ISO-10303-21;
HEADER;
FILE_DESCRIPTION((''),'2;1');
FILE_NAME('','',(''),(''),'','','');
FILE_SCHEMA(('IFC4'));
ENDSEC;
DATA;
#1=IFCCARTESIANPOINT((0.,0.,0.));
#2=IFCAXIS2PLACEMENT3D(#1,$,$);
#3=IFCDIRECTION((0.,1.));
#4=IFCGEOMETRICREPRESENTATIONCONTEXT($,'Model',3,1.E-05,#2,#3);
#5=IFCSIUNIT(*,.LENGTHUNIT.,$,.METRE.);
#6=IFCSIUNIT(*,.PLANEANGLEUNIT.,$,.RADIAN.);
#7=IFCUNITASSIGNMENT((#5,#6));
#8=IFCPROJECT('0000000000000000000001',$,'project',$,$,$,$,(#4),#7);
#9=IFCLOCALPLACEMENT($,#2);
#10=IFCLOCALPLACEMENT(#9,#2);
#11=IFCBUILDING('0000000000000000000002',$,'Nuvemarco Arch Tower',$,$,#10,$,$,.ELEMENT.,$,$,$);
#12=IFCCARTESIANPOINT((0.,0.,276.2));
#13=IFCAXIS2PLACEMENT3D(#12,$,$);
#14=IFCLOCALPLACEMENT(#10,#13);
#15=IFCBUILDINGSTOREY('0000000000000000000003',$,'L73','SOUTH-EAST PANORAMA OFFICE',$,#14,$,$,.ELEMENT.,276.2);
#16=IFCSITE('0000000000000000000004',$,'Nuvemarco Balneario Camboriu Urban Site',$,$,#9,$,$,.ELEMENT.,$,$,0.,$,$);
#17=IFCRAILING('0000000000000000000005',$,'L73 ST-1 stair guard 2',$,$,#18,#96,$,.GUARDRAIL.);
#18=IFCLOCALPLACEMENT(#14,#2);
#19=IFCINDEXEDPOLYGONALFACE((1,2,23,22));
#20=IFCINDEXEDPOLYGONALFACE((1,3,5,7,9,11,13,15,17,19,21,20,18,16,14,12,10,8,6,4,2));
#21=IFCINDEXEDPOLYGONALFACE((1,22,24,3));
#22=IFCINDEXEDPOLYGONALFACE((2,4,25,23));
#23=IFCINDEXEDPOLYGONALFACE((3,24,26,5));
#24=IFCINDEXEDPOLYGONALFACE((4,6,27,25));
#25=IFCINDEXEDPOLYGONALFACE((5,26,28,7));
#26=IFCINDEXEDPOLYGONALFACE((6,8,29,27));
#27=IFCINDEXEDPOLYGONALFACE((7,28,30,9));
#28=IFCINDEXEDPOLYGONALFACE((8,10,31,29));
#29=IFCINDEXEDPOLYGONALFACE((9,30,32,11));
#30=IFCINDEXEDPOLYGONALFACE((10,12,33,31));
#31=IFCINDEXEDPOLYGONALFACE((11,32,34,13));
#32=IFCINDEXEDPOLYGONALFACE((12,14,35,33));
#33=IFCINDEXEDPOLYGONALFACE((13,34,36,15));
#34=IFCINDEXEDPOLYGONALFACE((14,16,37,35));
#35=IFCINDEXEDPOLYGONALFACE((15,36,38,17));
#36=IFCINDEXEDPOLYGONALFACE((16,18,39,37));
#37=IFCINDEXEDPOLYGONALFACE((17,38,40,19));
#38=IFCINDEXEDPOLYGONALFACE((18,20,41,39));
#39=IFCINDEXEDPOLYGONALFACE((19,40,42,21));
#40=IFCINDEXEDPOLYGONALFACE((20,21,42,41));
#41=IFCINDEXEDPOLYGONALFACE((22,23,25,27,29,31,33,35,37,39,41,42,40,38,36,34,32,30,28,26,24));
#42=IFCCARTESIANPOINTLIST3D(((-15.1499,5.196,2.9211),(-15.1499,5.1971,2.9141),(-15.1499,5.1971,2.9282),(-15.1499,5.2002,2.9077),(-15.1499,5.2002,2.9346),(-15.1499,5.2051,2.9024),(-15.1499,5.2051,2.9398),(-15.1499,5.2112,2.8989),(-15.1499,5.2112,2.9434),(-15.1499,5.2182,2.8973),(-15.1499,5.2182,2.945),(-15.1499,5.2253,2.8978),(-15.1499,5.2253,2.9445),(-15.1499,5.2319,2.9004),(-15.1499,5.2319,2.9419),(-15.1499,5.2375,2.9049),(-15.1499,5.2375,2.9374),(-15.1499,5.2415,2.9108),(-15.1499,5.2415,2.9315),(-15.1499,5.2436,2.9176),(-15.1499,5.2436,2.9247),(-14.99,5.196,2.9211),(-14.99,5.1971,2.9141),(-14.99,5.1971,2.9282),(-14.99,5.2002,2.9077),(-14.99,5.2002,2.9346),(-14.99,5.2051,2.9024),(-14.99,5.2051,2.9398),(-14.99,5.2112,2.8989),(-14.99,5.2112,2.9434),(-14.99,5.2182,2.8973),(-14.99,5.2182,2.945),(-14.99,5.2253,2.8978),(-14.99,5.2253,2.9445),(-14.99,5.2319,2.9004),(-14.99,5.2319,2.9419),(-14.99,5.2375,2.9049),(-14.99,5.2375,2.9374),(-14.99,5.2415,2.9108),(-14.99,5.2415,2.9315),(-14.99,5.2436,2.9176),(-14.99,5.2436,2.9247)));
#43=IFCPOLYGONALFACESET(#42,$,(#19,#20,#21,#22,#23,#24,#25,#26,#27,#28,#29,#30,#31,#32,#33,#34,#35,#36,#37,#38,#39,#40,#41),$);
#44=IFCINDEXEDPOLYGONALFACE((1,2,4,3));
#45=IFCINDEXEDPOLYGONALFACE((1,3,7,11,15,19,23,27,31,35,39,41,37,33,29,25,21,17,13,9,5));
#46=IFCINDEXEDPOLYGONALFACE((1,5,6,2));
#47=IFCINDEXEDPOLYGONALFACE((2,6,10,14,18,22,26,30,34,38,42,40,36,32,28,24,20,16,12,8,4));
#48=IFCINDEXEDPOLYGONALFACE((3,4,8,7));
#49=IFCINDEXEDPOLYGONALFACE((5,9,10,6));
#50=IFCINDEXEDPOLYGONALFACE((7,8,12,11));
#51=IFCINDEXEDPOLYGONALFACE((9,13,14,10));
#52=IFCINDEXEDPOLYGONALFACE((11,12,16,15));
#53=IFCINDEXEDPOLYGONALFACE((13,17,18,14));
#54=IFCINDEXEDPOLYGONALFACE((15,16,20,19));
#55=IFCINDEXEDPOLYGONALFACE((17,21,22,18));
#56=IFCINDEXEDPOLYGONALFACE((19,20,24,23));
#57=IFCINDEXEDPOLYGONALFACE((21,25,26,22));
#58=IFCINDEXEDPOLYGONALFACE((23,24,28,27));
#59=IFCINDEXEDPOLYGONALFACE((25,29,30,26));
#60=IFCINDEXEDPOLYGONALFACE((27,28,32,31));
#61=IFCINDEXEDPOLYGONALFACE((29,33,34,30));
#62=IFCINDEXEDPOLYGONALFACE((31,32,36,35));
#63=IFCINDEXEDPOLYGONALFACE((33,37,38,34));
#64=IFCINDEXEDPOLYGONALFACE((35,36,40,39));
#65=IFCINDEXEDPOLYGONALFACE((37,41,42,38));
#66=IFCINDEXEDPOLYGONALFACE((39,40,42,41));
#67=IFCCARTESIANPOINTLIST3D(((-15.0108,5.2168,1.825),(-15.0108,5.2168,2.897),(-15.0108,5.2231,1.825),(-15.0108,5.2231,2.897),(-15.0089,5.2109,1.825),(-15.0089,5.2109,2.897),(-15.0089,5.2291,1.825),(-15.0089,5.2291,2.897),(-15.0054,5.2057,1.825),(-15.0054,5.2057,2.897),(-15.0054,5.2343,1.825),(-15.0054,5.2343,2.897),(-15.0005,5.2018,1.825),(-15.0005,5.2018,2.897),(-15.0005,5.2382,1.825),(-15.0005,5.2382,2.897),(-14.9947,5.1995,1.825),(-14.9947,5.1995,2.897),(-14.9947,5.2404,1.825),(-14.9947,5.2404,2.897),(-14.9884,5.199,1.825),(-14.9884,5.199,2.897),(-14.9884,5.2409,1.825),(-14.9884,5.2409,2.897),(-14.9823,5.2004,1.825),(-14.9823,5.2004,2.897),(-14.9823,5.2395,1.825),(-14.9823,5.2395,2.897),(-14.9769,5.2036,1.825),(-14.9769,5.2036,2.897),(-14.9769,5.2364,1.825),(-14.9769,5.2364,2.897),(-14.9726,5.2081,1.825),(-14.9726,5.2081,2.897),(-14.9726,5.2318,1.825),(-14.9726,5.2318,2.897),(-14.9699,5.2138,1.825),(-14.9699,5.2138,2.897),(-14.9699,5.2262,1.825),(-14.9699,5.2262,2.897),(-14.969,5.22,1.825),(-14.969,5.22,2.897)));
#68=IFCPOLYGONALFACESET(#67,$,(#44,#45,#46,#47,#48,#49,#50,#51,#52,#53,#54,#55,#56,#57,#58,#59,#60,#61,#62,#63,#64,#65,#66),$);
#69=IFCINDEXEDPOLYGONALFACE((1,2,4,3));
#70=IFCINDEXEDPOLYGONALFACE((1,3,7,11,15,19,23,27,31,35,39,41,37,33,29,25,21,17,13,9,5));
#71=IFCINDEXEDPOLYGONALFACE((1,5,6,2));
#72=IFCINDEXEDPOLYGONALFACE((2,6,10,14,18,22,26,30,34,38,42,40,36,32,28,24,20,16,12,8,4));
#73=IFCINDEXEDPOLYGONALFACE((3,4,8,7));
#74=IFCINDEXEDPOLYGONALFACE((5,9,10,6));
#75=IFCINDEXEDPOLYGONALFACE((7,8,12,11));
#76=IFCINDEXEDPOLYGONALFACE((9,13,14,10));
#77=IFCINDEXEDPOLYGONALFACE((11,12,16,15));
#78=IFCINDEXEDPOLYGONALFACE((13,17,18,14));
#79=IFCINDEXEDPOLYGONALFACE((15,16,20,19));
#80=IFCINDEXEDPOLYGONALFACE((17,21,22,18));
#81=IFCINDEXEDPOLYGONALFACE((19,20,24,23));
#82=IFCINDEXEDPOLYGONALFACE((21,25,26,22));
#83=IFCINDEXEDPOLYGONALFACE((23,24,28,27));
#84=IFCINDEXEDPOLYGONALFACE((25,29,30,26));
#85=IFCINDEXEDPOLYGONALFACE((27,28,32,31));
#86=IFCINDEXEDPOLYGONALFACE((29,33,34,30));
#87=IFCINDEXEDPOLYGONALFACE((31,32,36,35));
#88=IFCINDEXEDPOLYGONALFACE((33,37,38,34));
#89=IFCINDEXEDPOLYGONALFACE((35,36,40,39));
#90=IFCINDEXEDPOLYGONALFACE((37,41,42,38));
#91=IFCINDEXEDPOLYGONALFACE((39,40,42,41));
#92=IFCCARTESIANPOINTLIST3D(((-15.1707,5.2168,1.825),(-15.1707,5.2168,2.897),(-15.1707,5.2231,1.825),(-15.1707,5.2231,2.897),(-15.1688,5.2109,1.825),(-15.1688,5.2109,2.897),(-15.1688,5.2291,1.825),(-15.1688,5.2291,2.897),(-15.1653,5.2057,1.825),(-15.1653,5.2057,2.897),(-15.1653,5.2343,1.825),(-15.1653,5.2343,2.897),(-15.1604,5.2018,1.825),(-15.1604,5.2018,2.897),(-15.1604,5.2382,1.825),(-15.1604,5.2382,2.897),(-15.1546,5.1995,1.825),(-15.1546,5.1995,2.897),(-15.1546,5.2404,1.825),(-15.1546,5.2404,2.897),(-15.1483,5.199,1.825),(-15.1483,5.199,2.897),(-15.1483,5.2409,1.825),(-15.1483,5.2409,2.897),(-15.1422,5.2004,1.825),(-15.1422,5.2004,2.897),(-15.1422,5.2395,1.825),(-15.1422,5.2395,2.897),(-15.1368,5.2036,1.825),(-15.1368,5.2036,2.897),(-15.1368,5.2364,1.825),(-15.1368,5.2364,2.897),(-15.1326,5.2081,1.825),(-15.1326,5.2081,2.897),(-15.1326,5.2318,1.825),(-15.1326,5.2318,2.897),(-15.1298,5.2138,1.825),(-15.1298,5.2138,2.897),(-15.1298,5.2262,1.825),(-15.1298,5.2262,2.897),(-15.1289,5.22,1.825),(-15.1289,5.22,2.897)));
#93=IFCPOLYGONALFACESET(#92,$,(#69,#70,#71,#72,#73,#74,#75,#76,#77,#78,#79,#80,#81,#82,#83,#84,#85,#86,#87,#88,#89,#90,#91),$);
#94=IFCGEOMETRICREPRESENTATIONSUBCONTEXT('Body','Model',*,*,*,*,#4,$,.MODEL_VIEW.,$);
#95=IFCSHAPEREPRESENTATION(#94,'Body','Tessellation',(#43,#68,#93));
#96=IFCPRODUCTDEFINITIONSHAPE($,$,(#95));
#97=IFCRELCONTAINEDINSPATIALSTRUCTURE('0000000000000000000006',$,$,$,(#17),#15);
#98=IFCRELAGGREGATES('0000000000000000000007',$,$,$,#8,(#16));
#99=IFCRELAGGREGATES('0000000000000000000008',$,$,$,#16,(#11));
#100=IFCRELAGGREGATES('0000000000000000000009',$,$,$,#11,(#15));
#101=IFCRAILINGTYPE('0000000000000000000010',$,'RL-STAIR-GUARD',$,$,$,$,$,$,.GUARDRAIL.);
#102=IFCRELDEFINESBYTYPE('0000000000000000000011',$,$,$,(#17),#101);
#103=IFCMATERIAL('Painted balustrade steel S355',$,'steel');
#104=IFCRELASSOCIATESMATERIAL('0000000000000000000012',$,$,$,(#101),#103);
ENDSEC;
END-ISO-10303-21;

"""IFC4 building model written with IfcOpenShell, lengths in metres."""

from ifc_helpers import new_model, si_unit, direction, frame, origin, origin_2d, place, context, subcontext, project, spatial, circle, extrude, material, type_object, element, save


model = new_model("IFC4")

# Units and contexts
model_context = context("Model", 3, precision=1e-05, world=origin(), true_north=direction((0.0, 1.0)))
body_context = subcontext(model_context, "Body", "Model", "MODEL_VIEW")
ifc_project = project(units=[si_unit("LENGTHUNIT", "METRE"), si_unit("PLANEANGLEUNIT", "RADIAN")], contexts=[model_context])

# Site, building, storey
site_placement = place(None, origin())
site = spatial("IfcSite", under=ifc_project, at=site_placement, Name="Nuvemarco Balneario Camboriu Urban Site", CompositionType="ELEMENT", RefElevation=0.0)
building_placement = place(site_placement, origin())
building = spatial("IfcBuilding", under=site, at=building_placement, Name="Nuvemarco Arch Tower", CompositionType="ELEMENT")
storey_placement = place(building_placement, frame((0.0, 0.0, 276.2)))
storey = spatial("IfcBuildingStorey", under=building, at=storey_placement, Name="L73", Description="SOUTH-EAST PANORAMA OFFICE", CompositionType="ELEMENT", Elevation=276.2)

# Railing
ifc_material_1 = material(Name="Painted balustrade steel S355", Category="steel")
railing_type_1 = type_object("IfcRailingType", Name="RL-STAIR-GUARD", PredefinedType="GUARDRAIL", material=ifc_material_1)
railing_1_placement = place(storey_placement, frame((-14.99, 5.22, 1.825)))
element("IfcRailing", 1, at=railing_1_placement, inside=storey, type_object=railing_type_1, Name="L73 ST-1 stair guard 2", PredefinedType="GUARDRAIL", context=body_context, shape_type="SweptSolid", body=[
    extrude(circle(Radius=0.0239, at=origin_2d()), frame((0.0, 0.0, 1.0962), z_axis=(-1.0, 0.0, 0.0), x_axis=(0.0, -1.0, 0.0)), (0.0, 0.0, 1.0), 0.1599),
    extrude(circle(Radius=0.021, at=origin_2d()), origin(), (0.0, 0.0, 1.0), 1.072),
    extrude(circle(Radius=0.021, at=origin_2d()), frame((-0.1599, 0.0, 0.0)), (0.0, 0.0, 1.0), 1.072),
])

save(model, "model.ifc")
